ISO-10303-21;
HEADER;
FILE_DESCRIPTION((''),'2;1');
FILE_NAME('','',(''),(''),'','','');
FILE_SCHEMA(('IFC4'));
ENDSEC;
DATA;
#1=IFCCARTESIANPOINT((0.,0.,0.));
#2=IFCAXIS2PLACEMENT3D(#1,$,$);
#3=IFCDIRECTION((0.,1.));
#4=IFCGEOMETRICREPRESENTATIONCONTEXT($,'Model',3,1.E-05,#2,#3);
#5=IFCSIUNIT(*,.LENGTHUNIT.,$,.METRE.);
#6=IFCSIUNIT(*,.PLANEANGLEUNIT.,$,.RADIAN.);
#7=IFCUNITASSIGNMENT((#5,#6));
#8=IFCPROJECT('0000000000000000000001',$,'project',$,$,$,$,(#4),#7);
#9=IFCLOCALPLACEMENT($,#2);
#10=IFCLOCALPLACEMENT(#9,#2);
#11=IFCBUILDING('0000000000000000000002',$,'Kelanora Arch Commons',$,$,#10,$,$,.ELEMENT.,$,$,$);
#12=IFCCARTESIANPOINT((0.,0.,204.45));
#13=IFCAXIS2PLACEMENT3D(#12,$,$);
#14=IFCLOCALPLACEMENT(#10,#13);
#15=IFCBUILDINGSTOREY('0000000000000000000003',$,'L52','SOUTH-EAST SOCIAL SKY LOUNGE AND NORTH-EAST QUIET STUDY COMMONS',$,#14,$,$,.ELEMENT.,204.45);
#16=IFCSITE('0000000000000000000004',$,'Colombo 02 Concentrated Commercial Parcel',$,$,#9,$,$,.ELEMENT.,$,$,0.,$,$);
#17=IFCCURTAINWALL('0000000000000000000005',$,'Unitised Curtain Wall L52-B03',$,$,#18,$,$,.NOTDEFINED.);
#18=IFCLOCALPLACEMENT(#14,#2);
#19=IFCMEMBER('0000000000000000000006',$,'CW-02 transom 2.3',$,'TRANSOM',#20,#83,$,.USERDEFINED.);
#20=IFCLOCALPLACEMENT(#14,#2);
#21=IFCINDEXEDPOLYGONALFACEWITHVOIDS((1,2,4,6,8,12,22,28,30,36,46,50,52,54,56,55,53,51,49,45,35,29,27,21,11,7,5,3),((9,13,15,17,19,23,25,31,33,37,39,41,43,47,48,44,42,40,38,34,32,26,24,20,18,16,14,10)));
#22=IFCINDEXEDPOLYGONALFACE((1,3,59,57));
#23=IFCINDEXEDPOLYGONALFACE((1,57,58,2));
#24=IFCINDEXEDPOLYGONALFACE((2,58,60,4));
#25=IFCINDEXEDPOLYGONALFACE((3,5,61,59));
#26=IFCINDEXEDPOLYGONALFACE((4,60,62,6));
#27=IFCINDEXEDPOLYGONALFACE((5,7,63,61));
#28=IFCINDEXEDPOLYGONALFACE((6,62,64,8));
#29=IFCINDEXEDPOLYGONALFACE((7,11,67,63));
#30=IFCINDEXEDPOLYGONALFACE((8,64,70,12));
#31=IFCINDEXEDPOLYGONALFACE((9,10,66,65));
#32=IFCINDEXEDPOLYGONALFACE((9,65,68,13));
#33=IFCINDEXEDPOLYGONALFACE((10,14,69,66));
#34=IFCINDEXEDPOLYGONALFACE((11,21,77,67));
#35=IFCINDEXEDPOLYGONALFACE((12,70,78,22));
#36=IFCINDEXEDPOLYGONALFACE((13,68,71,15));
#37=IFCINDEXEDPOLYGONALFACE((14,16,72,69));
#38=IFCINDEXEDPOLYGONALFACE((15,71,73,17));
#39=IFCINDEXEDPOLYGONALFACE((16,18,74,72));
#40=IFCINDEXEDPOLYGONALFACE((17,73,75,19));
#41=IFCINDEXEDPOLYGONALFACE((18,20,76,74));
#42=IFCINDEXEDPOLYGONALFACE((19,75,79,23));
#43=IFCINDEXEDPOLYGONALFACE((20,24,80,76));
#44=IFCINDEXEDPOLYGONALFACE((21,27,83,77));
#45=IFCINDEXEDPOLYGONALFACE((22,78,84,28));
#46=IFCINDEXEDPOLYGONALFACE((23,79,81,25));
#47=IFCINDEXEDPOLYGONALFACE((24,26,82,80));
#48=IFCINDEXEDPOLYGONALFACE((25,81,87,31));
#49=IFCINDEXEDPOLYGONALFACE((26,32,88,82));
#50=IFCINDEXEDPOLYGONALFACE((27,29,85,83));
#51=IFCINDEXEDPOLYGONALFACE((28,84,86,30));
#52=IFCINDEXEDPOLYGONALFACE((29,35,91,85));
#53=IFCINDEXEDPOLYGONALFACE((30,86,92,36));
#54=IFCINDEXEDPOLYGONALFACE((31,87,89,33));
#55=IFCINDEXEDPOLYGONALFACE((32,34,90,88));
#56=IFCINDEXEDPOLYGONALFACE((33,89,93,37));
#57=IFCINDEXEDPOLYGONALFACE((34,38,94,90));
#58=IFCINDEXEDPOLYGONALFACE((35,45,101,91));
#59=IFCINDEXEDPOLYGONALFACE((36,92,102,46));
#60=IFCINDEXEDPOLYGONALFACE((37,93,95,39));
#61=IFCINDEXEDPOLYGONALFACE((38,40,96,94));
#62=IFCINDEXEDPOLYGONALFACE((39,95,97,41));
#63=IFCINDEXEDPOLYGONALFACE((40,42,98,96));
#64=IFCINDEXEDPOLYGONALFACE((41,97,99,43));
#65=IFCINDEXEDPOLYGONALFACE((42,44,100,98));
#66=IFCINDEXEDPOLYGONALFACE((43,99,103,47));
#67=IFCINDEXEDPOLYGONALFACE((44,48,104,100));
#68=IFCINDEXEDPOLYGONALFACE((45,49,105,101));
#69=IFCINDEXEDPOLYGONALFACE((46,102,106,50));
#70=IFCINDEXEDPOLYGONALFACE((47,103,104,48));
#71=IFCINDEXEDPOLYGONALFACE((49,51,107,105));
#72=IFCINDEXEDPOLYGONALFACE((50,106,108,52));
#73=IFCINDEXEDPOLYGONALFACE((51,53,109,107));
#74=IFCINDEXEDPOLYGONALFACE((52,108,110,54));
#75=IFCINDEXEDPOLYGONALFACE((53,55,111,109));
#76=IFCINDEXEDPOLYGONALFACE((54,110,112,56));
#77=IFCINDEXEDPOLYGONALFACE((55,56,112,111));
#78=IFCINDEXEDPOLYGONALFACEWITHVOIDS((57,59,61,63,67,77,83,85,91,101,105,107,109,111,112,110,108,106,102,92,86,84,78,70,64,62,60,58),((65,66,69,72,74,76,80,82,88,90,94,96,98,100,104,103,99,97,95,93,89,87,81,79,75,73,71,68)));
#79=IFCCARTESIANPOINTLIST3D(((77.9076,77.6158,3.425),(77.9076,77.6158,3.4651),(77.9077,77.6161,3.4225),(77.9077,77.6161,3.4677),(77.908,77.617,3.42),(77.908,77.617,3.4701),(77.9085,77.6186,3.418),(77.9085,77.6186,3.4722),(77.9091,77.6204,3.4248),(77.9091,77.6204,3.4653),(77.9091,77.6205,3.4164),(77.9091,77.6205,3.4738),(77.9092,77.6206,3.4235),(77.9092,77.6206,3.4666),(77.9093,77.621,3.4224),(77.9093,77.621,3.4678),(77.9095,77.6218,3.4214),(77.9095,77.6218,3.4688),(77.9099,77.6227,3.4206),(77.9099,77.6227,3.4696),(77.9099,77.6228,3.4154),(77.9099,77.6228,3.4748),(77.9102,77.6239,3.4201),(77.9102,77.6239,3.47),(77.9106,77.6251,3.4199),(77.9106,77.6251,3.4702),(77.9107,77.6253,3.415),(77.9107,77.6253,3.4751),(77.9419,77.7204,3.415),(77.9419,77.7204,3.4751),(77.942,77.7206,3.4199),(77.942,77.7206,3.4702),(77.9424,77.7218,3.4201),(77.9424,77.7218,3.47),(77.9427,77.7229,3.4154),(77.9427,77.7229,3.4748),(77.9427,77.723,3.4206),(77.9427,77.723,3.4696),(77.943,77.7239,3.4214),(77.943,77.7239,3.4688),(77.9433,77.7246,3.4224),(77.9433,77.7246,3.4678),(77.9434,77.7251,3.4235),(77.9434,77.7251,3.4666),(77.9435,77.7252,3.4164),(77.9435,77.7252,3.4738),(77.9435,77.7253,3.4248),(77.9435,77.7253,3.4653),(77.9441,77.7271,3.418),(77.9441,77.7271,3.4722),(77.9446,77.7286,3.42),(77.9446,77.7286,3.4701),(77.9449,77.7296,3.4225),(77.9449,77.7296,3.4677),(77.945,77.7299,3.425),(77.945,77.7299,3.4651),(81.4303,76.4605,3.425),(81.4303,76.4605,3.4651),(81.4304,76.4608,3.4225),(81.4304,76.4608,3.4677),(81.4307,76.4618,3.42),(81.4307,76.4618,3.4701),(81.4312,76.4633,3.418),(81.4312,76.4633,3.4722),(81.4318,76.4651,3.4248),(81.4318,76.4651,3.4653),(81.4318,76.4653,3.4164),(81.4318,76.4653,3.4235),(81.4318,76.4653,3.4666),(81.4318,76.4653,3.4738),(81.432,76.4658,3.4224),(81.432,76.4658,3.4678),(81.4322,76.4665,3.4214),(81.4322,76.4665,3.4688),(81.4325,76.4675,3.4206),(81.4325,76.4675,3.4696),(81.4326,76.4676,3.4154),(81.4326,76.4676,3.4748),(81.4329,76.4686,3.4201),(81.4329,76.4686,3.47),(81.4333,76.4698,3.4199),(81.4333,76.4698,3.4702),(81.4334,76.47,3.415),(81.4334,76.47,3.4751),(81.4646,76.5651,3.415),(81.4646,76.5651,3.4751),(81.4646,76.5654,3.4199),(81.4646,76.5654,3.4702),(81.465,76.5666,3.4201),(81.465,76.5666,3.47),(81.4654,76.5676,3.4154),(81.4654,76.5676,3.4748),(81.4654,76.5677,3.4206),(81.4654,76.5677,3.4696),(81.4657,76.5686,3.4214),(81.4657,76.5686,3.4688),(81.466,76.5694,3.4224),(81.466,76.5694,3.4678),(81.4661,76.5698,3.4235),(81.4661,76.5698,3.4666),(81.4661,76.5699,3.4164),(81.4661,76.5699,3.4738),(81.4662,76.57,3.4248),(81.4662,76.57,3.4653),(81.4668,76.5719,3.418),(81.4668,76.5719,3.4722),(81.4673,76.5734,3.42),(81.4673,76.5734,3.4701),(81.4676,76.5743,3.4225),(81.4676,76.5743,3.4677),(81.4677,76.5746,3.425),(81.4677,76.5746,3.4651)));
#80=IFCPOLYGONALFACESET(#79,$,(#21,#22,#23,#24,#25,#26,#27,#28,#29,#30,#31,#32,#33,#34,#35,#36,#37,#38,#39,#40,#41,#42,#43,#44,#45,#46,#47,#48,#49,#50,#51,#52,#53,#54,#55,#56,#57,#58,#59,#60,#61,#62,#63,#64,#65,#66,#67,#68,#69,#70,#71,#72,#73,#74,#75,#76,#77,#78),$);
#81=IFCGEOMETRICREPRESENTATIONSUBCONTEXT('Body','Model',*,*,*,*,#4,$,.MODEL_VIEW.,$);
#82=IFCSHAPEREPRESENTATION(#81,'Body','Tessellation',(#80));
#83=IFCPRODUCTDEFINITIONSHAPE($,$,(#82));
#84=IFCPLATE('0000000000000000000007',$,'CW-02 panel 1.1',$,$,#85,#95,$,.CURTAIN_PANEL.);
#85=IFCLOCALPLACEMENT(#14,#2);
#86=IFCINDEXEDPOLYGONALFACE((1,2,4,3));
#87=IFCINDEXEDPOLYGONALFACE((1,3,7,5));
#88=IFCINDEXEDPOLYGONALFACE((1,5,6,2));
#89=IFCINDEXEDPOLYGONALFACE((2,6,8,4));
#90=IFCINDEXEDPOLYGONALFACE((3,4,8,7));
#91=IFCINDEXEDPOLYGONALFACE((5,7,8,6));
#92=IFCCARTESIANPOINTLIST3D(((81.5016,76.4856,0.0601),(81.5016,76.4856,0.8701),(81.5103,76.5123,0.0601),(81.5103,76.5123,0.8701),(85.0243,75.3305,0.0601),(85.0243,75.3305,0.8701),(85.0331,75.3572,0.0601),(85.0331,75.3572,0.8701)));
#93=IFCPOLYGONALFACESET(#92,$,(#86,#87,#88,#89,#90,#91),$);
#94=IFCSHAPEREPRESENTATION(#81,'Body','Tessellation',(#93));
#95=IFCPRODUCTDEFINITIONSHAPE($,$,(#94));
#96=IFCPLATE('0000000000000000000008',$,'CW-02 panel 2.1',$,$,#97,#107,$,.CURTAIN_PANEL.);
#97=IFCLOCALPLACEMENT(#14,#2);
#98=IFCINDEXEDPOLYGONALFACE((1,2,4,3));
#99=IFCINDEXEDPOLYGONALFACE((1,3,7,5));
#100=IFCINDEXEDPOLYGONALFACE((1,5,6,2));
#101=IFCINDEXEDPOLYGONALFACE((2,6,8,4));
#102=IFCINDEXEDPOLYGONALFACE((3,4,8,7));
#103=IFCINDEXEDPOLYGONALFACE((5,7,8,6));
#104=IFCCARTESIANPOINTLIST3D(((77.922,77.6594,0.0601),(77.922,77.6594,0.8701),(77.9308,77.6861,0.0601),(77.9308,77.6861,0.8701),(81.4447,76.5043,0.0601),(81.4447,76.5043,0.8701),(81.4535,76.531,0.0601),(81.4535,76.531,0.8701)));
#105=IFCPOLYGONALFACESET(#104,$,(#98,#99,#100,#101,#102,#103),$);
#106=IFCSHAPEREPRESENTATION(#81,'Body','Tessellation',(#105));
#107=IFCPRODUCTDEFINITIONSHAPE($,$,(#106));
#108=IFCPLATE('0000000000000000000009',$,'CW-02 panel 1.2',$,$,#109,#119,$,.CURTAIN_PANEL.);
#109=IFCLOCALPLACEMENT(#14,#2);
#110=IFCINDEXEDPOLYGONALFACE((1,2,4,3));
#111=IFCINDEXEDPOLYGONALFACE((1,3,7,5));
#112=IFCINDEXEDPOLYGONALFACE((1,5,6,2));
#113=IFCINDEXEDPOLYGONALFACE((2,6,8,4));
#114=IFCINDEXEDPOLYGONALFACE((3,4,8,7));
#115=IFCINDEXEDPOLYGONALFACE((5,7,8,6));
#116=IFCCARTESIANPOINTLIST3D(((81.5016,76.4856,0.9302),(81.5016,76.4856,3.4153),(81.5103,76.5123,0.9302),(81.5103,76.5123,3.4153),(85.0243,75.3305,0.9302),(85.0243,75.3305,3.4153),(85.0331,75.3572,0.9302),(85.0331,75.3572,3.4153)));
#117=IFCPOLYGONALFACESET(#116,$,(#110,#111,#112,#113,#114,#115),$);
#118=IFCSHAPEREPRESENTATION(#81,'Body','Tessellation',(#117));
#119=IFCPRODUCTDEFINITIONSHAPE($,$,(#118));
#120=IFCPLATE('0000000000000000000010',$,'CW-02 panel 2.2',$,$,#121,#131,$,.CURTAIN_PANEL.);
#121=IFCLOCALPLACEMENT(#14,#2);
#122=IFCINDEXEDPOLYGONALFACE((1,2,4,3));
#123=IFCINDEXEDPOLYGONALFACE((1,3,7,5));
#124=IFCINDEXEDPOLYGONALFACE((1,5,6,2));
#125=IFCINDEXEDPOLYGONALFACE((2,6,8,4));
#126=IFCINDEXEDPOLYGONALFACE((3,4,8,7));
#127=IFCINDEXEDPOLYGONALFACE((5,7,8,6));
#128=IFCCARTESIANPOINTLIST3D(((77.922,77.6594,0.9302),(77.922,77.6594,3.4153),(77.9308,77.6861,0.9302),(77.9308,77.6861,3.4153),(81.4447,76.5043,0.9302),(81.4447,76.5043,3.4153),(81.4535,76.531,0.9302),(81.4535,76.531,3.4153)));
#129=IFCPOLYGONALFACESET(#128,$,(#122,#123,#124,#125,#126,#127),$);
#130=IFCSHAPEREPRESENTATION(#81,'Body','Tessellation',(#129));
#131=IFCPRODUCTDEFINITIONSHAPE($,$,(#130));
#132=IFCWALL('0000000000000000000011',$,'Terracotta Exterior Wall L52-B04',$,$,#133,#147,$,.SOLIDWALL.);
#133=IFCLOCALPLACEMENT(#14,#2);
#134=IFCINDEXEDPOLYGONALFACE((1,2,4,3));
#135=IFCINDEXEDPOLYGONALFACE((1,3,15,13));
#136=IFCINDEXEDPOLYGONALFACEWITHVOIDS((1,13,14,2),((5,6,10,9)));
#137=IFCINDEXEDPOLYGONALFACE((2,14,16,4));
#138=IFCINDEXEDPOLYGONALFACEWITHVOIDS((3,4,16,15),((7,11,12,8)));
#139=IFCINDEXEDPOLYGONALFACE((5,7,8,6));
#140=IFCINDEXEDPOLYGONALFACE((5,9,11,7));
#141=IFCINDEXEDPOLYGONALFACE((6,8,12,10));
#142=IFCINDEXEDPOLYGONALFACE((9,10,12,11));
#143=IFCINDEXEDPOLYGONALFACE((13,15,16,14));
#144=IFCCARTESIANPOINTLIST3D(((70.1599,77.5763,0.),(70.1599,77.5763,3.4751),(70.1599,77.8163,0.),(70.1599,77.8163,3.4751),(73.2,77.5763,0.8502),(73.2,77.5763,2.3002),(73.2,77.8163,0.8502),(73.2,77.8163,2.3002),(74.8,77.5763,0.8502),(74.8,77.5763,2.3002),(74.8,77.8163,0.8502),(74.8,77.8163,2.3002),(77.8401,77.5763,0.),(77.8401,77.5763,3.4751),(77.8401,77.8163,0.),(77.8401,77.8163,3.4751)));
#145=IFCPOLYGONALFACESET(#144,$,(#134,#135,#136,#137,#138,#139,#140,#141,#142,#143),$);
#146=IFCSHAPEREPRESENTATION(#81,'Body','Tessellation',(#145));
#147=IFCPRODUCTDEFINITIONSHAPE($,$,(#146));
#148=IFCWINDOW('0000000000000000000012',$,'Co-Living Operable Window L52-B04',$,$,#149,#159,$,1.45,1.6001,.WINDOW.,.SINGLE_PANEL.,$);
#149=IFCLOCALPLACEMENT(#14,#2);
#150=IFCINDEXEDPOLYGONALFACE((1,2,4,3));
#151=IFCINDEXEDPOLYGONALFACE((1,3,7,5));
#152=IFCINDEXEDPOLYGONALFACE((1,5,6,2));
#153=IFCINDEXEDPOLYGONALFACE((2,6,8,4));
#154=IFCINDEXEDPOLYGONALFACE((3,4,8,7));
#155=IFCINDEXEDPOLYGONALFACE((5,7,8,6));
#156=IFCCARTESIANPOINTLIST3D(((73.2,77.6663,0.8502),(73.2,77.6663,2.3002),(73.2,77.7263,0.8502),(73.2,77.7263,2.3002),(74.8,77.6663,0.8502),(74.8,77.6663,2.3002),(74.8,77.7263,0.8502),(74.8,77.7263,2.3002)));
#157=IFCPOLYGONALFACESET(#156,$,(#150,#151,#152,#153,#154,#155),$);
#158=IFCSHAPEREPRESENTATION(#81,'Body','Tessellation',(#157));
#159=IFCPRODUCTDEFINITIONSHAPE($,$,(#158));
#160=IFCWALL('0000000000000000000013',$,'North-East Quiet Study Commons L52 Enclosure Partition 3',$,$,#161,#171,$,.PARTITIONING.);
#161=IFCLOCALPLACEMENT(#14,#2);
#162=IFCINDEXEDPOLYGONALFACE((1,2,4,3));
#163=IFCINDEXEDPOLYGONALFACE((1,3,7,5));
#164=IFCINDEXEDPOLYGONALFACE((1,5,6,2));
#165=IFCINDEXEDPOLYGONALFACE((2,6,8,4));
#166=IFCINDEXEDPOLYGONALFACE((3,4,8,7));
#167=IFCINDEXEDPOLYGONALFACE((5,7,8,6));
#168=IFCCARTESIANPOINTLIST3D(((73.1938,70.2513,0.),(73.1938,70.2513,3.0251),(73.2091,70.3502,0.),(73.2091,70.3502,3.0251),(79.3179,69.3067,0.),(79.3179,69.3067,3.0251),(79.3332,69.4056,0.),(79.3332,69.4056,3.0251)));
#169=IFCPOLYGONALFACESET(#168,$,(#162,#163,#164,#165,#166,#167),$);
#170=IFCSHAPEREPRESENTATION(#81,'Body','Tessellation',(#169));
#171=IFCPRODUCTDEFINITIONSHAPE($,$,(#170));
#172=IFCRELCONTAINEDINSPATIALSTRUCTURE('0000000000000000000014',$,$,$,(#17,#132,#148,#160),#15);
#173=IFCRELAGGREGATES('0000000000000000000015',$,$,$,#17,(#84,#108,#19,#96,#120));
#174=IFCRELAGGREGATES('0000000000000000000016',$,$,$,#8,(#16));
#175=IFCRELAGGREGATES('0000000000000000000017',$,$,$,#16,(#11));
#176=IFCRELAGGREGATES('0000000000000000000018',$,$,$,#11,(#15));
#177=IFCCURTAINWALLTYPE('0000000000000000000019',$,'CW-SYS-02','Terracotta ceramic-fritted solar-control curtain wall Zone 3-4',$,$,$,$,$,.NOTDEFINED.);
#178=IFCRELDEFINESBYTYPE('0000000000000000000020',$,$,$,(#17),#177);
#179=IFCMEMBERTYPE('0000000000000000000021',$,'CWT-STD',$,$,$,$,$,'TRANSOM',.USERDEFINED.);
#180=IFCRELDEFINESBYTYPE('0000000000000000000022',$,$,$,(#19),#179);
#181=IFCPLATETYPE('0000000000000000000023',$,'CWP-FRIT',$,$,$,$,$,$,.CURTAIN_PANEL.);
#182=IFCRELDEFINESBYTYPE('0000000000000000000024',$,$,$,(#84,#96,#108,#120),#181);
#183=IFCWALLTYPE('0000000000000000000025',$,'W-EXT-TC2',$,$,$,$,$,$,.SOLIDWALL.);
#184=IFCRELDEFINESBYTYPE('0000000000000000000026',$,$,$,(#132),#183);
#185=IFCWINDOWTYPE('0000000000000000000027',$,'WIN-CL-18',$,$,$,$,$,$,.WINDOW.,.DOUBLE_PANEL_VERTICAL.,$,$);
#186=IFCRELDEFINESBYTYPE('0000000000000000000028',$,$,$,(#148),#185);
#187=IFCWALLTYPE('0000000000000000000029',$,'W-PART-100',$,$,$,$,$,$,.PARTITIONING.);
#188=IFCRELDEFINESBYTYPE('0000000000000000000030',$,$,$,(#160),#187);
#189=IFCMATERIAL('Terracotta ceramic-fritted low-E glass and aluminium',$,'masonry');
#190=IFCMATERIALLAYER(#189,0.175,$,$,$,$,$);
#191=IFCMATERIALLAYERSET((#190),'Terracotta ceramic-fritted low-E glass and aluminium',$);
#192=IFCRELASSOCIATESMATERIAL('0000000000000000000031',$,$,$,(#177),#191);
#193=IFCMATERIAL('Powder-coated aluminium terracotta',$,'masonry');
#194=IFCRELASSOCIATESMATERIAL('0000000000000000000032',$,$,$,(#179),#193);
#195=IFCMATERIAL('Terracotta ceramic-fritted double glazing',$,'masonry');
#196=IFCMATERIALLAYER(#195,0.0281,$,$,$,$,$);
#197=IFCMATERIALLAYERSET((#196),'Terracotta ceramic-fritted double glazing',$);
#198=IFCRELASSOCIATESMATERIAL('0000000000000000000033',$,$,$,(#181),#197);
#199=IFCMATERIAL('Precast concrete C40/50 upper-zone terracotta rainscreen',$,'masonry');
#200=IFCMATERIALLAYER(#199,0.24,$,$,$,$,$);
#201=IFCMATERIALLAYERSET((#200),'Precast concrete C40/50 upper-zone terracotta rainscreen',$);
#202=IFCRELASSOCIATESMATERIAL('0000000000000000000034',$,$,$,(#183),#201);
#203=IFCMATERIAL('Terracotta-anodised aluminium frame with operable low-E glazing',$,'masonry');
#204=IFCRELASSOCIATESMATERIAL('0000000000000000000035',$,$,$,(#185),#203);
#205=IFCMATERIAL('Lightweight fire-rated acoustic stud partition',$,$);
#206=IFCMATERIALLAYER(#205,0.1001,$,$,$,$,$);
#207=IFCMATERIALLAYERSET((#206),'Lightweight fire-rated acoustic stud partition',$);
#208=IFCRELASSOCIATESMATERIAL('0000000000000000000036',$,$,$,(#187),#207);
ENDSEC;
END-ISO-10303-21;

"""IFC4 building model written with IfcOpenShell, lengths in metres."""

from ifc_helpers import new_model, si_unit, direction, frame, frame_2d, origin, origin_2d, place, context, subcontext, project, spatial, rectangle, hollow_rectangle, extrude, source, transform, mapped, material, layer, layer_set, material_profile, profile_set, type_object, element, fill, aggregate, save


model = new_model("IFC4")

# Units and contexts
model_context = context("Model", 3, precision=1e-05, world=origin(), true_north=direction((0.0, 1.0)))
body_context = subcontext(model_context, "Body", "Model", "MODEL_VIEW")
ifc_project = project(units=[si_unit("LENGTHUNIT", "METRE"), si_unit("PLANEANGLEUNIT", "RADIAN")], contexts=[model_context])

# Site, building, storey
site_placement = place(None, origin())
site = spatial("IfcSite", under=ifc_project, at=site_placement, Name="Colombo 02 Concentrated Commercial Parcel", CompositionType="ELEMENT", RefElevation=0.0)
building_placement = place(site_placement, origin())
building = spatial("IfcBuilding", under=site, at=building_placement, Name="Kelanora Arch Commons", CompositionType="ELEMENT")
storey_placement = place(building_placement, frame((0.0, 0.0, 204.45)))
storey = spatial("IfcBuildingStorey", under=building, at=storey_placement, Name="L52", Description="SOUTH-EAST SOCIAL SKY LOUNGE AND NORTH-EAST QUIET STUDY COMMONS", CompositionType="ELEMENT", Elevation=204.45)

# Curtain wall, member, plates
ifc_material_1 = material(Name="Terracotta ceramic-fritted low-E glass and aluminium", Category="masonry")
ifc_layer_1 = layer(ifc_material_1, 0.175)
ifc_layer_set_1 = layer_set([ifc_layer_1], Name="Terracotta ceramic-fritted low-E glass and aluminium")
curtain_wall_type = type_object("IfcCurtainWallType", Name="CW-SYS-02", Description="Terracotta ceramic-fritted solar-control curtain wall Zone 3-4", PredefinedType="NOTDEFINED", material=ifc_layer_set_1)
curtain_wall_placement = place(storey_placement, origin())
curtain_wall = element("IfcCurtainWall", 1, at=curtain_wall_placement, inside=storey, type_object=curtain_wall_type, Name="Unitised Curtain Wall L52-B03", PredefinedType="NOTDEFINED")
ifc_material_2 = material(Name="Powder-coated aluminium terracotta", Category="masonry")
ifc_material_profile_1 = material_profile(ifc_material_2, hollow_rectangle(XDim=0.1201, YDim=0.0601, WallThickness=0.0049, InnerFilletRadius=0.0049, OuterFilletRadius=0.01, at=origin_2d()), Name="CWT120x60")
ifc_profile_set_1 = profile_set([ifc_material_profile_1], Name="Powder-coated aluminium terracotta")
member_type_1 = type_object("IfcMemberType", Name="CWT-STD", ElementType="TRANSOM", PredefinedType="USERDEFINED", material=ifc_profile_set_1)
member_1_placement = place(storey_placement, frame((81.449, 76.5176, 3.4451), z_axis=(-0.950207, 0.311621, 0.0), x_axis=(-0.311621, -0.950207, 0.0)))
member_1 = element("IfcMember", 2, at=member_1_placement, type_object=member_type_1, Name="CW-02 transom 2.3", ObjectType="TRANSOM", PredefinedType="USERDEFINED", context=body_context, shape_type="SweptSolid", body=[
    extrude(hollow_rectangle(XDim=0.1201, YDim=0.0601, WallThickness=0.0049, InnerFilletRadius=0.0049, OuterFilletRadius=0.01, at=origin_2d()), origin(), (0.0, 0.0, 1.0), 3.7073),
])
ifc_material_3 = material(Name="Terracotta ceramic-fritted double glazing", Category="masonry")
ifc_layer_2 = layer(ifc_material_3, 0.0281)
ifc_layer_set_2 = layer_set([ifc_layer_2], Name="Terracotta ceramic-fritted double glazing")
plate_type = type_object("IfcPlateType", Name="CWP-FRIT", PredefinedType="CURTAIN_PANEL", material=ifc_layer_set_2)
shared_shape_1 = source(origin(), body_context, "Body", "SweptSolid", [
    extrude(rectangle(XDim=3.7073, YDim=0.0281, at=origin_2d()), origin(), (0.0, 0.0, 1.0), 0.8101),
])
plate_1_placement = place(storey_placement, frame((83.2673, 75.9214, 0.0601), z_axis=(0.0, 0.0, 1.0), x_axis=(-0.950219, 0.311582, 0.0)))
plate_1 = element("IfcPlate", 3, at=plate_1_placement, type_object=plate_type, Name="CW-02 panel 1.1", PredefinedType="CURTAIN_PANEL", context=body_context, shape_type="MappedRepresentation", body=[
    mapped(shared_shape_1, transform((0.0, 0.0, 0.0), scale=1.0)),
])
plate_2_placement = place(storey_placement, frame((79.6877, 77.0952, 0.0601), z_axis=(0.0, 0.0, 1.0), x_axis=(-0.950219, 0.311582, 0.0)))
plate_2 = element("IfcPlate", 4, at=plate_2_placement, type_object=plate_type, Name="CW-02 panel 2.1", PredefinedType="CURTAIN_PANEL", context=body_context, shape_type="MappedRepresentation", body=[
    mapped(shared_shape_1, transform((0.0, 0.0, 0.0), scale=1.0)),
])
shared_shape_2 = source(origin(), body_context, "Body", "SweptSolid", [
    extrude(rectangle(XDim=3.7073, YDim=0.0281, at=origin_2d()), origin(), (0.0, 0.0, 1.0), 2.4851),
])
plate_3_placement = place(storey_placement, frame((83.2673, 75.9214, 0.9302), z_axis=(0.0, 0.0, 1.0), x_axis=(-0.950219, 0.311582, 0.0)))
plate_3 = element("IfcPlate", 5, at=plate_3_placement, type_object=plate_type, Name="CW-02 panel 1.2", PredefinedType="CURTAIN_PANEL", context=body_context, shape_type="MappedRepresentation", body=[
    mapped(shared_shape_2, transform((0.0, 0.0, 0.0), scale=1.0)),
])
plate_4_placement = place(storey_placement, frame((79.6877, 77.0952, 0.9302), z_axis=(0.0, 0.0, 1.0), x_axis=(-0.950219, 0.311582, 0.0)))
plate_4 = element("IfcPlate", 6, at=plate_4_placement, type_object=plate_type, Name="CW-02 panel 2.2", PredefinedType="CURTAIN_PANEL", context=body_context, shape_type="MappedRepresentation", body=[
    mapped(shared_shape_2, transform((0.0, 0.0, 0.0), scale=1.0)),
])
aggregate(curtain_wall, [plate_1, plate_3, member_1, plate_2, plate_4])

# Wall, opening, window
ifc_material_4 = material(Name="Precast concrete C40/50 upper-zone terracotta rainscreen", Category="masonry")
ifc_layer_3 = layer(ifc_material_4, 0.24)
ifc_layer_set_3 = layer_set([ifc_layer_3], Name="Precast concrete C40/50 upper-zone terracotta rainscreen")
wall_type_1 = type_object("IfcWallType", Name="W-EXT-TC2", PredefinedType="SOLIDWALL", material=ifc_layer_set_3)
wall_1_placement = place(storey_placement, frame((77.8401, 77.6963, 0.0), z_axis=(0.0, 0.0, 1.0), x_axis=(-1.0, 0.0, 0.0)))
wall_1 = element("IfcWall", 7, at=wall_1_placement, inside=storey, type_object=wall_type_1, Name="Terracotta Exterior Wall L52-B04", PredefinedType="SOLIDWALL", context=body_context, shape_type="SweptSolid", body=[
    extrude(rectangle(XDim=7.6802, YDim=0.24, at=frame_2d((3.8401, 0.0))), origin(), (0.0, 0.0, 1.0), 3.4751),
])
opening_1_placement = place(wall_1_placement, frame((3.04, 0.0, 0.8501)))
opening_1 = element("IfcOpeningElement", 8, at=opening_1_placement, cuts=wall_1, PredefinedType="OPENING", context=body_context, shape_type="SweptSolid", body=[
    extrude(rectangle(XDim=1.6001, YDim=1.45, at=frame_2d((0.8, 0.7251))), frame((0.0, 0.1299, 0.0), z_axis=(0.0, -1.0, 0.0), x_axis=(1.0, 0.0, 0.0)), (0.0, 0.0, 1.0), 0.26),
])
ifc_material_5 = material(Name="Terracotta-anodised aluminium frame with operable low-E glazing", Category="masonry")
window_type = type_object("IfcWindowType", Name="WIN-CL-18", PartitioningType="DOUBLE_PANEL_VERTICAL", PredefinedType="WINDOW", material=ifc_material_5)
window_placement = place(opening_1_placement, origin())
window = element("IfcWindow", 9, at=window_placement, inside=storey, type_object=window_type, Name="Co-Living Operable Window L52-B04", OverallHeight=1.45, OverallWidth=1.6001, PartitioningType="SINGLE_PANEL", PredefinedType="WINDOW", context=body_context, shape_type="SweptSolid", body=[
    extrude(rectangle(XDim=1.6001, YDim=1.45, at=frame_2d((0.8, 0.7251))), frame((0.0, 0.03, 0.0), z_axis=(0.0, -1.0, 0.0), x_axis=(1.0, 0.0, 0.0)), (0.0, 0.0, 1.0), 0.0601),
])
fill(opening_1, window)

# Wall
ifc_material_6 = material(Name="Lightweight fire-rated acoustic stud partition")
ifc_layer_4 = layer(ifc_material_6, 0.1001)
ifc_layer_set_4 = layer_set([ifc_layer_4], Name="Lightweight fire-rated acoustic stud partition")
wall_type_2 = type_object("IfcWallType", Name="W-PART-100", PredefinedType="PARTITIONING", material=ifc_layer_set_4)
wall_2_placement = place(storey_placement, frame((79.3254, 69.3562, 0.0), z_axis=(0.0, 0.0, 1.0), x_axis=(-0.988313, 0.152439, 0.0)))
element("IfcWall", 10, at=wall_2_placement, inside=storey, type_object=wall_type_2, Name="North-East Quiet Study Commons L52 Enclosure Partition 3", PredefinedType="PARTITIONING", context=body_context, shape_type="SweptSolid", body=[
    extrude(rectangle(XDim=6.1965, YDim=0.1001, at=frame_2d((3.0981, 0.0))), origin(), (0.0, 0.0, 1.0), 3.0251),
])

save(model, "model.ifc")
